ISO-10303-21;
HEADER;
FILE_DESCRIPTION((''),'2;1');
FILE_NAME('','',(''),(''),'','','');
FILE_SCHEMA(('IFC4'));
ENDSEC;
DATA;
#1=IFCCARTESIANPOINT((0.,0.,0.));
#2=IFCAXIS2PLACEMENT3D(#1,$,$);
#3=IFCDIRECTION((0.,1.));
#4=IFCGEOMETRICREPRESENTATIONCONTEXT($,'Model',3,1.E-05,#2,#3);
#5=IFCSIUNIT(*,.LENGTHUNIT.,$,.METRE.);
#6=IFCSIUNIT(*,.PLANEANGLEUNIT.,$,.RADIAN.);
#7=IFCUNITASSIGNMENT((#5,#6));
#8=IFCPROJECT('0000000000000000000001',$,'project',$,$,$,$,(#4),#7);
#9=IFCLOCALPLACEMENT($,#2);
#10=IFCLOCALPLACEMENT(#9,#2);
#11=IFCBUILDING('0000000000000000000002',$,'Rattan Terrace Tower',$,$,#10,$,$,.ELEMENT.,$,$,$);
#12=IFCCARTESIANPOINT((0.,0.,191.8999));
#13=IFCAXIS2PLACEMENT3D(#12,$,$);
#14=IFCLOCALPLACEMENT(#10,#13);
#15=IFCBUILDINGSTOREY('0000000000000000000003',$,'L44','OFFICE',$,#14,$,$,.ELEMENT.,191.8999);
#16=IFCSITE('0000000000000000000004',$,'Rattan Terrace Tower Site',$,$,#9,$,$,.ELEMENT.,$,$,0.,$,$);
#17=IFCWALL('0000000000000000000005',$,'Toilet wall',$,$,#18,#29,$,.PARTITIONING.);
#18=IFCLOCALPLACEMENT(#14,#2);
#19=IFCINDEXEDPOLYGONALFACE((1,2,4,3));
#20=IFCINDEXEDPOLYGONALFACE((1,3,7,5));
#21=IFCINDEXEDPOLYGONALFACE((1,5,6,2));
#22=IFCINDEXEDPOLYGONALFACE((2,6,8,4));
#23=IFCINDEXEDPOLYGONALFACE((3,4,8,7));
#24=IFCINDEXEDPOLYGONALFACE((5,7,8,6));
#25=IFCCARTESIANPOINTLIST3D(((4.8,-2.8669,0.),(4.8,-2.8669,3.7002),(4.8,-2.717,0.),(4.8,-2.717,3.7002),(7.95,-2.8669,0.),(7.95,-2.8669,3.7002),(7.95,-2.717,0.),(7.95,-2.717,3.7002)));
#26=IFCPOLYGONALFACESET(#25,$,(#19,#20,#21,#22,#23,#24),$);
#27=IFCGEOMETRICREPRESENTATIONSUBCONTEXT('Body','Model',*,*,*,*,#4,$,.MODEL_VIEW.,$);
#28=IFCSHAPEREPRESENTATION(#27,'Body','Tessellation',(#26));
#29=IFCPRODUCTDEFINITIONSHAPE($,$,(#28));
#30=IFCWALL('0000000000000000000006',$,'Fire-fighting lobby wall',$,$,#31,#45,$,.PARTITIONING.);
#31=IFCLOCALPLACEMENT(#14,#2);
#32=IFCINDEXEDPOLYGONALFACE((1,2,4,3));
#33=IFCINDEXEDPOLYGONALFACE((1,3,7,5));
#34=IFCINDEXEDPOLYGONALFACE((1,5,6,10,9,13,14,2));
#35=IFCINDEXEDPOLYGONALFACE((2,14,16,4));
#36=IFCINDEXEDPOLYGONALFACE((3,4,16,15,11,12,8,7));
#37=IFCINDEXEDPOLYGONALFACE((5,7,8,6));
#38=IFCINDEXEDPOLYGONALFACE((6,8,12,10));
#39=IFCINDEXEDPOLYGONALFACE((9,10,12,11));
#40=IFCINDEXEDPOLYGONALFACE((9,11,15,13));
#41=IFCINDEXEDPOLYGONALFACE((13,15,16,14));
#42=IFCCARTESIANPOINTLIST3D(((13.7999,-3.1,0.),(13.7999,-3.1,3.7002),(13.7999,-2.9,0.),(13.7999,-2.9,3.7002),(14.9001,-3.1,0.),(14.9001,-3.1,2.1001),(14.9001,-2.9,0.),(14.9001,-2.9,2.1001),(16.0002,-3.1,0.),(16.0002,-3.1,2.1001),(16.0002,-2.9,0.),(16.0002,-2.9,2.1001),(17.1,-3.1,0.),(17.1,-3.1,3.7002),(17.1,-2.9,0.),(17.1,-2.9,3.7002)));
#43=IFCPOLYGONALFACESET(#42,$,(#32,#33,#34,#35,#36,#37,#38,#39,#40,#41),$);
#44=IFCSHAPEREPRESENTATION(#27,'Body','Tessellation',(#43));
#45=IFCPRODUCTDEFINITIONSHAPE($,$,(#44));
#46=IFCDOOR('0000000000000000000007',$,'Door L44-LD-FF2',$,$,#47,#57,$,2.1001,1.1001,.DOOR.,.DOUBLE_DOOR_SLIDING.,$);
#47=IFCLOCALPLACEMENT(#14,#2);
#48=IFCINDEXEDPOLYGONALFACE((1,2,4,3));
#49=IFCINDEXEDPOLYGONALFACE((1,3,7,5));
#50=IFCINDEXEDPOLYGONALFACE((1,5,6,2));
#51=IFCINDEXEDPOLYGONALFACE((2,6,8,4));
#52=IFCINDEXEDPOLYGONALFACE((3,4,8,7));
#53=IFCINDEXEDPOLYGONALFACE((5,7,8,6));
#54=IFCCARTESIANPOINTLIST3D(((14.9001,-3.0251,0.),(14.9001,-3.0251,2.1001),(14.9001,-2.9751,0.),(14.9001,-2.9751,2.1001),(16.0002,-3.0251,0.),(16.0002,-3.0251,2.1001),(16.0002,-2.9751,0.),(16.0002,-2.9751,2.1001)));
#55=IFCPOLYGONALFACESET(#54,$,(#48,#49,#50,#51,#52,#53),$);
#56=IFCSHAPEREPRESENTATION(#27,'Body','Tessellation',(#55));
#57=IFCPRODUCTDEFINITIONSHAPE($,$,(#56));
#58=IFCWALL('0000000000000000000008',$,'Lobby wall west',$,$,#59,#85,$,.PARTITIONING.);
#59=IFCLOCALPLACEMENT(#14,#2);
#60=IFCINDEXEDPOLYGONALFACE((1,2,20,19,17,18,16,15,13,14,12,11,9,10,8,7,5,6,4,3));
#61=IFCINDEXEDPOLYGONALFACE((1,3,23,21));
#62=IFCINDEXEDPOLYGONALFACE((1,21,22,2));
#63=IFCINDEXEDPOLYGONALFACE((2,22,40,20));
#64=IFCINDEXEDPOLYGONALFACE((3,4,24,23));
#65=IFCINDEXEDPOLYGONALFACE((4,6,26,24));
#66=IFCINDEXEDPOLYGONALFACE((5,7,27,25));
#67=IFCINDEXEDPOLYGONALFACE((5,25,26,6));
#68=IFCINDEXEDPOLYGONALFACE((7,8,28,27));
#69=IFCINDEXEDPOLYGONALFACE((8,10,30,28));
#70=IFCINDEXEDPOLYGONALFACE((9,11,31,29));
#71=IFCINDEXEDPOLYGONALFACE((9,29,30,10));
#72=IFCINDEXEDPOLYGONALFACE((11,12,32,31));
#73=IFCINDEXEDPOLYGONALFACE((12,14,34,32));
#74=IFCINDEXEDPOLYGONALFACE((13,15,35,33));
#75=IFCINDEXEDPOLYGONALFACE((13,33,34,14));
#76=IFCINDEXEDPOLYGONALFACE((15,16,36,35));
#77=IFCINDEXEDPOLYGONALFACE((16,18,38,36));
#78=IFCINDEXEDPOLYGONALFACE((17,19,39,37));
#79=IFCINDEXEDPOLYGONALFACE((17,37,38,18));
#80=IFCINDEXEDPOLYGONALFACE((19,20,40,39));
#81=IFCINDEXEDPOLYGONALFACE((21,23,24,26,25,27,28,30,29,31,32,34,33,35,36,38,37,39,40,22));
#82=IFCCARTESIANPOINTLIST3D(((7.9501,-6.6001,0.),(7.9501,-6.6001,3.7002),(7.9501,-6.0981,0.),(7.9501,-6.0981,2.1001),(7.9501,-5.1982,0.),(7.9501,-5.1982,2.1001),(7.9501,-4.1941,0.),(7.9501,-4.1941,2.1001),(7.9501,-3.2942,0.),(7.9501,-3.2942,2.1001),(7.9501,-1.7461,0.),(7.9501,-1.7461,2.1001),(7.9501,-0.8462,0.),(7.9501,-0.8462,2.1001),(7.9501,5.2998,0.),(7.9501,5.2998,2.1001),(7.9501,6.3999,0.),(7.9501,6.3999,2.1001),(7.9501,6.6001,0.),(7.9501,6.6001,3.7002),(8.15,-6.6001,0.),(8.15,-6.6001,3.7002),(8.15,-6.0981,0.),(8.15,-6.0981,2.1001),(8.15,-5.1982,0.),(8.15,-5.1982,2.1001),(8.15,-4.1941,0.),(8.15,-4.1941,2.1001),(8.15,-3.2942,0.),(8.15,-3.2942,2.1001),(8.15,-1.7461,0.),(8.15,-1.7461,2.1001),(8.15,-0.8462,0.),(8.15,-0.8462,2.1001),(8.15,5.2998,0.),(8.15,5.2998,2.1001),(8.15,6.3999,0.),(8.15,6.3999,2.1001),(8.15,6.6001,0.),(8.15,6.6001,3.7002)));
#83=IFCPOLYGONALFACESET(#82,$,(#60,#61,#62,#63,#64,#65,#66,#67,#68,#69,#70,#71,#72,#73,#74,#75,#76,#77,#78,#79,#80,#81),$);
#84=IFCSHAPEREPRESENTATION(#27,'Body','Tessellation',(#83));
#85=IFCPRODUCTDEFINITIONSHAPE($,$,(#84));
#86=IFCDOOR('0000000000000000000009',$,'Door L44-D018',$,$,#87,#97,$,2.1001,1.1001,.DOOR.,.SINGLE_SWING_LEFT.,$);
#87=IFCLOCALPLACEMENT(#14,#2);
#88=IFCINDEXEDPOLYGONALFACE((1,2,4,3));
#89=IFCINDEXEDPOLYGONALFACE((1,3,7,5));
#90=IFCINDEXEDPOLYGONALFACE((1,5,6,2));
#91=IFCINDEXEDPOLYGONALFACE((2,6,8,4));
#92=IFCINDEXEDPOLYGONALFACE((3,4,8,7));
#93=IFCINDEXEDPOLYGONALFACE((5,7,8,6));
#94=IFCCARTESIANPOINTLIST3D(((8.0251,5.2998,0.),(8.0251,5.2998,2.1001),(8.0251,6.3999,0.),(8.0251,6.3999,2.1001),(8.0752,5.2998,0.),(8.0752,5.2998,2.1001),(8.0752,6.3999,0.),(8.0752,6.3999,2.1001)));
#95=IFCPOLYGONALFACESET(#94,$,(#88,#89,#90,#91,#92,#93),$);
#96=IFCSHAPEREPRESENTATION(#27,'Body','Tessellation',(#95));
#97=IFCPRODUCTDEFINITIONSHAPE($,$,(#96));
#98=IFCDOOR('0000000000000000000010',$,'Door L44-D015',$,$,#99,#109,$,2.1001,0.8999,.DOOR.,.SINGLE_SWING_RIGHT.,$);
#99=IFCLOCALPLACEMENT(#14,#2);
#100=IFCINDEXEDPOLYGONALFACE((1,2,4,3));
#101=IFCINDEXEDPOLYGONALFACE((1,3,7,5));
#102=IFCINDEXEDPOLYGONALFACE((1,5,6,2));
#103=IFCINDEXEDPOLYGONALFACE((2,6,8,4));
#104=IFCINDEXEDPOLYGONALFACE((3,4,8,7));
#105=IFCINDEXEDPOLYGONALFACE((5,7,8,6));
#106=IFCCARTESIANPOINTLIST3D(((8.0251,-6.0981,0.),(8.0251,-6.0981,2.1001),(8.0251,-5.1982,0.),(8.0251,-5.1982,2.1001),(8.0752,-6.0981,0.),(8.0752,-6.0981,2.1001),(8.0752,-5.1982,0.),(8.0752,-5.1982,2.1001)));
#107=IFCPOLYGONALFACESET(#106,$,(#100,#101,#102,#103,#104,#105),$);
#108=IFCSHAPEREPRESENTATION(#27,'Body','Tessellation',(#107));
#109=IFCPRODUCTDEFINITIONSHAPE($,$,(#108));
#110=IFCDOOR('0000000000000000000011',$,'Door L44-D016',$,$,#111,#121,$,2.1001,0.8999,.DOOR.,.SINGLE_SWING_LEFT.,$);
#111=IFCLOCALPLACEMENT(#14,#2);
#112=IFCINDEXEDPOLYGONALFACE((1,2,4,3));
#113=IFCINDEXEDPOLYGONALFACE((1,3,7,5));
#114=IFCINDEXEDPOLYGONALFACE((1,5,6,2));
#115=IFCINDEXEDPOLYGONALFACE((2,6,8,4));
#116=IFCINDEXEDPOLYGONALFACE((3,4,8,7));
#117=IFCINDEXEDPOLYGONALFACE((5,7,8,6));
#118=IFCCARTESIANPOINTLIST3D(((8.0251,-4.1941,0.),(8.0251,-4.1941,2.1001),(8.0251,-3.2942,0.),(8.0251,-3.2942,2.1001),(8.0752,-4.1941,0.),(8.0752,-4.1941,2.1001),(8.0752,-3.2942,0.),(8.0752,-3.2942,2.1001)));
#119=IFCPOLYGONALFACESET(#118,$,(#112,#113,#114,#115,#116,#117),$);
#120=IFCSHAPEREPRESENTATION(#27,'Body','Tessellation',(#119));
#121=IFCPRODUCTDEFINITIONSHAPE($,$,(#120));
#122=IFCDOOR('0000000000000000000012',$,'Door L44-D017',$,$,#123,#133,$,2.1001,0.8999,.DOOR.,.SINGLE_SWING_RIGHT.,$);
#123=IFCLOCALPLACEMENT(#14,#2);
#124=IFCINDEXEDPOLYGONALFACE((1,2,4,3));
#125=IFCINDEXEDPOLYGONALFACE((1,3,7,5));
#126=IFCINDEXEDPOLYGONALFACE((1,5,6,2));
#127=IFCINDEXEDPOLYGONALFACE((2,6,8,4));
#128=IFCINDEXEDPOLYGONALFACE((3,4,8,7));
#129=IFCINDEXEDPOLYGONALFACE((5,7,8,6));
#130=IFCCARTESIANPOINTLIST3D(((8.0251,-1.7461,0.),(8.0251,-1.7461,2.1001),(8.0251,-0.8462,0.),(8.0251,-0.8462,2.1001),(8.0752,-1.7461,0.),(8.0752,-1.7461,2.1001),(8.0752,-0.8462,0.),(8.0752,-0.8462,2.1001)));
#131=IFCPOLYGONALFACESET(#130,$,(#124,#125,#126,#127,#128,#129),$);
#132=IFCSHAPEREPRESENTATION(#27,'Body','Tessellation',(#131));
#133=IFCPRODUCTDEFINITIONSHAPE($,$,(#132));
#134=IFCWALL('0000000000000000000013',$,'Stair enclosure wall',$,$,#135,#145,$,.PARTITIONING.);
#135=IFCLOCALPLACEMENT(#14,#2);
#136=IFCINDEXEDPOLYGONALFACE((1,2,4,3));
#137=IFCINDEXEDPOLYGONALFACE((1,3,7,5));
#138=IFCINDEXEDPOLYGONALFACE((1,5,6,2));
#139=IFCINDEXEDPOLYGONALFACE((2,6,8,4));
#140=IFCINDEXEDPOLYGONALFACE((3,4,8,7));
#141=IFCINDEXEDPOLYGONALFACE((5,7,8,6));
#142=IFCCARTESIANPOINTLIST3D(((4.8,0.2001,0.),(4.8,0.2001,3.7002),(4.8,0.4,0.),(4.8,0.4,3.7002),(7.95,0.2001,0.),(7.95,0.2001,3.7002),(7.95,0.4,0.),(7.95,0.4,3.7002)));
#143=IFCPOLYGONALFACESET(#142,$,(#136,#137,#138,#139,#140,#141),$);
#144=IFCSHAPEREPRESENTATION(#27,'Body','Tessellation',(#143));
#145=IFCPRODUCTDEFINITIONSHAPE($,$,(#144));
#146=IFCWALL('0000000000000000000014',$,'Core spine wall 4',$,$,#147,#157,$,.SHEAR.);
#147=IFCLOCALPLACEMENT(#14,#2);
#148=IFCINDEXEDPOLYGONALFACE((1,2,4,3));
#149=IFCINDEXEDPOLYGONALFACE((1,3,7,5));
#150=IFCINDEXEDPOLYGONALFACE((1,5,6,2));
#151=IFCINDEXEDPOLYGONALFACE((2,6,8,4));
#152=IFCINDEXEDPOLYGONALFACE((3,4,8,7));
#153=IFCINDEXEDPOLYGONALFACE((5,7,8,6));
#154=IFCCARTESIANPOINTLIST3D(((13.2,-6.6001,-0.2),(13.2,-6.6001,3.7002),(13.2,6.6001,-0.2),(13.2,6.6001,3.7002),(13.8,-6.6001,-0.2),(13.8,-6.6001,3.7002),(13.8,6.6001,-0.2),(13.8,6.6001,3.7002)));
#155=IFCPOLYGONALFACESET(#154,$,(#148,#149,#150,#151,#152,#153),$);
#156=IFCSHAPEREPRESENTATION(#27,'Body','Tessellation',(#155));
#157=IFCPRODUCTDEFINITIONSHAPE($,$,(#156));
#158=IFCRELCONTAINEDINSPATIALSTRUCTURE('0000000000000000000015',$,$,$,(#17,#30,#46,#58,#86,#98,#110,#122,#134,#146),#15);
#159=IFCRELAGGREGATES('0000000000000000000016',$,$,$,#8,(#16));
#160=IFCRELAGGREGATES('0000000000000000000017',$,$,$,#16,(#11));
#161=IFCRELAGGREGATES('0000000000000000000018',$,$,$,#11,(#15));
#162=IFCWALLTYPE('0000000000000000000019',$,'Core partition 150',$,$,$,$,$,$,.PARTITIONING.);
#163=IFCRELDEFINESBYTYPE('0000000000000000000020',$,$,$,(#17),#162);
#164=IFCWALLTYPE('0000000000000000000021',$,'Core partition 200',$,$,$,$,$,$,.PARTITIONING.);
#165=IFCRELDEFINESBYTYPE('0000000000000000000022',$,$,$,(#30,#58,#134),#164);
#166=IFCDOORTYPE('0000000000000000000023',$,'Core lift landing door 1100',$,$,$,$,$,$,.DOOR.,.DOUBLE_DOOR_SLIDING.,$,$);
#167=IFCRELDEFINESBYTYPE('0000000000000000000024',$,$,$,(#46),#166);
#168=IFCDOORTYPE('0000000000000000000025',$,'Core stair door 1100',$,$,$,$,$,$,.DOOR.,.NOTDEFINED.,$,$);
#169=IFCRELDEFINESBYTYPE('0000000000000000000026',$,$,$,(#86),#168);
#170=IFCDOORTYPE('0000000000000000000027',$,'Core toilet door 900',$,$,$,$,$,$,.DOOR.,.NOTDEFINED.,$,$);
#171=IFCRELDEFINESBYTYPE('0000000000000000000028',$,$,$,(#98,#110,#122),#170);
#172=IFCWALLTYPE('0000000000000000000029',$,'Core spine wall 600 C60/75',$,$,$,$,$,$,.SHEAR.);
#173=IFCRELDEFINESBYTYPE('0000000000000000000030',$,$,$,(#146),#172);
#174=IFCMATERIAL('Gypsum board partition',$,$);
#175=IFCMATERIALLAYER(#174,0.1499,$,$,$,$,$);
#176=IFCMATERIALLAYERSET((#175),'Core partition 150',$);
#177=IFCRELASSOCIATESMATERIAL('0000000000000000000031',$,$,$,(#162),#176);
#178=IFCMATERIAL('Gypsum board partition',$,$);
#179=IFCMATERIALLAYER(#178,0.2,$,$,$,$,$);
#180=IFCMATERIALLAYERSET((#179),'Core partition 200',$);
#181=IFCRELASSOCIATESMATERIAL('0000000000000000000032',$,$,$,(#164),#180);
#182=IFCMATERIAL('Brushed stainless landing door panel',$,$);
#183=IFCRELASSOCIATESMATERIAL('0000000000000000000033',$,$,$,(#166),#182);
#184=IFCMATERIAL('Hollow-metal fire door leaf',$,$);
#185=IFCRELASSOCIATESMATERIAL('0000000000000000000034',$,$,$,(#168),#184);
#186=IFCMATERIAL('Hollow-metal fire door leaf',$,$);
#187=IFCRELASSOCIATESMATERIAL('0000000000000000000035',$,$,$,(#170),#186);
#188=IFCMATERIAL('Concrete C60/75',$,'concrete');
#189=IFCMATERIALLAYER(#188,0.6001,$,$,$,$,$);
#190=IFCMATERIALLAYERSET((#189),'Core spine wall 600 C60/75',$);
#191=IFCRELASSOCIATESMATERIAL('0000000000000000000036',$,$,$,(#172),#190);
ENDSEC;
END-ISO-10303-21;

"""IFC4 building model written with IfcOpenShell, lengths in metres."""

from ifc_helpers import new_model, si_unit, direction, frame, frame_2d, origin, place, context, subcontext, project, spatial, rectangle, extrude, material, layer, layer_set, type_object, element, fill, save


model = new_model("IFC4")

# Units and contexts
model_context = context("Model", 3, precision=1e-05, world=origin(), true_north=direction((0.0, 1.0)))
body_context = subcontext(model_context, "Body", "Model", "MODEL_VIEW")
ifc_project = project(units=[si_unit("LENGTHUNIT", "METRE"), si_unit("PLANEANGLEUNIT", "RADIAN")], contexts=[model_context])

# Site, building, storey
site_placement = place(None, origin())
site = spatial("IfcSite", under=ifc_project, at=site_placement, Name="Rattan Terrace Tower Site", CompositionType="ELEMENT", RefElevation=0.0)
building_placement = place(site_placement, origin())
building = spatial("IfcBuilding", under=site, at=building_placement, Name="Rattan Terrace Tower", CompositionType="ELEMENT")
storey_placement = place(building_placement, frame((0.0, 0.0, 191.8999)))
storey = spatial("IfcBuildingStorey", under=building, at=storey_placement, Name="L44", Description="OFFICE", CompositionType="ELEMENT", Elevation=191.8999)

# Wall
ifc_material_1 = material(Name="Gypsum board partition")
ifc_layer_1 = layer(ifc_material_1, 0.1499)
ifc_layer_set_1 = layer_set([ifc_layer_1], Name="Core partition 150")
wall_type_1 = type_object("IfcWallType", Name="Core partition 150", PredefinedType="PARTITIONING", material=ifc_layer_set_1)
wall_1_placement = place(storey_placement, frame((4.8, -2.792, 0.0), z_axis=(0.0, 0.0, 1.0), x_axis=(1.0, 0.0, 0.0)))
element("IfcWall", 1, at=wall_1_placement, inside=storey, type_object=wall_type_1, Name="Toilet wall", PredefinedType="PARTITIONING", context=body_context, shape_type="SweptSolid", body=[
    extrude(rectangle(XDim=3.1499, YDim=0.1499, at=frame_2d((1.575, 0.0))), origin(), (0.0, 0.0, 1.0), 3.7002),
])

# Wall, opening, door
ifc_material_2 = material(Name="Gypsum board partition")
ifc_layer_2 = layer(ifc_material_2, 0.2)
ifc_layer_set_2 = layer_set([ifc_layer_2], Name="Core partition 200")
wall_type_2 = type_object("IfcWallType", Name="Core partition 200", PredefinedType="PARTITIONING", material=ifc_layer_set_2)
wall_2_placement = place(storey_placement, frame((13.8, -3.0, 0.0), z_axis=(0.0, 0.0, 1.0), x_axis=(1.0, 0.0, 0.0)))
wall_2 = element("IfcWall", 2, at=wall_2_placement, inside=storey, type_object=wall_type_2, Name="Fire-fighting lobby wall", PredefinedType="PARTITIONING", context=body_context, shape_type="SweptSolid", body=[
    extrude(rectangle(XDim=3.3, YDim=0.2, at=frame_2d((1.6499, 0.0))), origin(), (0.0, 0.0, 1.0), 3.7002),
])
opening_1_placement = place(wall_2_placement, frame((1.1001, 0.0, 0.0)))
opening_1 = element("IfcOpeningElement", 3, at=opening_1_placement, cuts=wall_2, PredefinedType="OPENING", context=body_context, shape_type="SweptSolid", body=[
    extrude(rectangle(XDim=1.1001, YDim=2.1001, at=frame_2d((0.55, 1.05))), frame((0.0, 0.1106, 0.0), z_axis=(0.0, -1.0, 0.0), x_axis=(1.0, 0.0, 0.0)), (0.0, 0.0, 1.0), 0.2209),
])
ifc_material_3 = material(Name="Brushed stainless landing door panel")
door_type_1 = type_object("IfcDoorType", Name="Core lift landing door 1100", OperationType="DOUBLE_DOOR_SLIDING", PredefinedType="DOOR", material=ifc_material_3)
door_1_placement = place(opening_1_placement, origin())
door_1 = element("IfcDoor", 4, at=door_1_placement, inside=storey, type_object=door_type_1, Name="Door L44-LD-FF2", OperationType="DOUBLE_DOOR_SLIDING", OverallHeight=2.1001, OverallWidth=1.1001, PredefinedType="DOOR", context=body_context, shape_type="SweptSolid", body=[
    extrude(rectangle(XDim=1.1001, YDim=2.1001, at=frame_2d((0.55, 1.05))), frame((0.0, 0.0249, 0.0), z_axis=(0.0, -1.0, 0.0), x_axis=(1.0, 0.0, 0.0)), (0.0, 0.0, 1.0), 0.05),
])
fill(opening_1, door_1)

# Wall, openings, doors
wall_3_placement = place(storey_placement, frame((8.05, -6.6001, 0.0), z_axis=(0.0, 0.0, 1.0), x_axis=(0.0, 1.0, 0.0)))
wall_3 = element("IfcWall", 5, at=wall_3_placement, inside=storey, type_object=wall_type_2, Name="Lobby wall west", PredefinedType="PARTITIONING", context=body_context, shape_type="SweptSolid", body=[
    extrude(rectangle(XDim=13.2002, YDim=0.2, at=frame_2d((6.6001, 0.0))), origin(), (0.0, 0.0, 1.0), 3.7002),
])
opening_2_placement = place(wall_3_placement, frame((0.502, 0.0, 0.0)))
opening_2 = element("IfcOpeningElement", 6, at=opening_2_placement, cuts=wall_3, PredefinedType="OPENING", context=body_context, shape_type="SweptSolid", body=[
    extrude(rectangle(XDim=0.8999, YDim=2.1001, at=frame_2d((0.45, 1.05))), frame((0.0, 0.1106, 0.0), z_axis=(0.0, -1.0, 0.0), x_axis=(1.0, 0.0, 0.0)), (0.0, 0.0, 1.0), 0.2209),
])
opening_3_placement = place(wall_3_placement, frame((2.406, 0.0, 0.0)))
opening_3 = element("IfcOpeningElement", 7, at=opening_3_placement, cuts=wall_3, PredefinedType="OPENING", context=body_context, shape_type="SweptSolid", body=[
    extrude(rectangle(XDim=0.8999, YDim=2.1001, at=frame_2d((0.45, 1.05))), frame((0.0, 0.1106, 0.0), z_axis=(0.0, -1.0, 0.0), x_axis=(1.0, 0.0, 0.0)), (0.0, 0.0, 1.0), 0.2209),
])
opening_4_placement = place(wall_3_placement, frame((4.854, 0.0, 0.0)))
opening_4 = element("IfcOpeningElement", 8, at=opening_4_placement, cuts=wall_3, PredefinedType="OPENING", context=body_context, shape_type="SweptSolid", body=[
    extrude(rectangle(XDim=0.8999, YDim=2.1001, at=frame_2d((0.45, 1.05))), frame((0.0, 0.1106, 0.0), z_axis=(0.0, -1.0, 0.0), x_axis=(1.0, 0.0, 0.0)), (0.0, 0.0, 1.0), 0.2209),
])
opening_5_placement = place(wall_3_placement, frame((11.8999, 0.0, 0.0)))
opening_5 = element("IfcOpeningElement", 9, at=opening_5_placement, cuts=wall_3, PredefinedType="OPENING", context=body_context, shape_type="SweptSolid", body=[
    extrude(rectangle(XDim=1.1001, YDim=2.1001, at=frame_2d((0.55, 1.05))), frame((0.0, 0.1106, 0.0), z_axis=(0.0, -1.0, 0.0), x_axis=(1.0, 0.0, 0.0)), (0.0, 0.0, 1.0), 0.2209),
])
ifc_material_4 = material(Name="Hollow-metal fire door leaf")
door_type_2 = type_object("IfcDoorType", Name="Core stair door 1100", OperationType="NOTDEFINED", PredefinedType="DOOR", material=ifc_material_4)
door_2_placement = place(opening_5_placement, origin())
door_2 = element("IfcDoor", 10, at=door_2_placement, inside=storey, type_object=door_type_2, Name="Door L44-D018", OperationType="SINGLE_SWING_LEFT", OverallHeight=2.1001, OverallWidth=1.1001, PredefinedType="DOOR", context=body_context, shape_type="SweptSolid", body=[
    extrude(rectangle(XDim=1.1001, YDim=2.1001, at=frame_2d((0.55, 1.05))), frame((0.0, 0.0249, 0.0), z_axis=(0.0, -1.0, 0.0), x_axis=(1.0, 0.0, 0.0)), (0.0, 0.0, 1.0), 0.05),
])
fill(opening_5, door_2)
ifc_material_5 = material(Name="Hollow-metal fire door leaf")
door_type_3 = type_object("IfcDoorType", Name="Core toilet door 900", OperationType="NOTDEFINED", PredefinedType="DOOR", material=ifc_material_5)
door_3_placement = place(opening_2_placement, origin())
door_3 = element("IfcDoor", 11, at=door_3_placement, inside=storey, type_object=door_type_3, Name="Door L44-D015", OperationType="SINGLE_SWING_RIGHT", OverallHeight=2.1001, OverallWidth=0.8999, PredefinedType="DOOR", context=body_context, shape_type="SweptSolid", body=[
    extrude(rectangle(XDim=0.8999, YDim=2.1001, at=frame_2d((0.45, 1.05))), frame((0.0, 0.0249, 0.0), z_axis=(0.0, -1.0, 0.0), x_axis=(1.0, 0.0, 0.0)), (0.0, 0.0, 1.0), 0.05),
])
fill(opening_2, door_3)
door_4_placement = place(opening_3_placement, origin())
door_4 = element("IfcDoor", 12, at=door_4_placement, inside=storey, type_object=door_type_3, Name="Door L44-D016", OperationType="SINGLE_SWING_LEFT", OverallHeight=2.1001, OverallWidth=0.8999, PredefinedType="DOOR", context=body_context, shape_type="SweptSolid", body=[
    extrude(rectangle(XDim=0.8999, YDim=2.1001, at=frame_2d((0.45, 1.05))), frame((0.0, 0.0249, 0.0), z_axis=(0.0, -1.0, 0.0), x_axis=(1.0, 0.0, 0.0)), (0.0, 0.0, 1.0), 0.05),
])
fill(opening_3, door_4)
door_5_placement = place(opening_4_placement, origin())
door_5 = element("IfcDoor", 13, at=door_5_placement, inside=storey, type_object=door_type_3, Name="Door L44-D017", OperationType="SINGLE_SWING_RIGHT", OverallHeight=2.1001, OverallWidth=0.8999, PredefinedType="DOOR", context=body_context, shape_type="SweptSolid", body=[
    extrude(rectangle(XDim=0.8999, YDim=2.1001, at=frame_2d((0.45, 1.05))), frame((0.0, 0.0249, 0.0), z_axis=(0.0, -1.0, 0.0), x_axis=(1.0, 0.0, 0.0)), (0.0, 0.0, 1.0), 0.05),
])
fill(opening_4, door_5)

# Walls
wall_4_placement = place(storey_placement, frame((4.8, 0.3, 0.0), z_axis=(0.0, 0.0, 1.0), x_axis=(1.0, 0.0, 0.0)))
element("IfcWall", 14, at=wall_4_placement, inside=storey, type_object=wall_type_2, Name="Stair enclosure wall", PredefinedType="PARTITIONING", context=body_context, shape_type="SweptSolid", body=[
    extrude(rectangle(XDim=3.1499, YDim=0.2, at=frame_2d((1.575, 0.0))), origin(), (0.0, 0.0, 1.0), 3.7002),
])
ifc_material_6 = material(Name="Concrete C60/75", Category="concrete")
ifc_layer_3 = layer(ifc_material_6, 0.6001)
ifc_layer_set_3 = layer_set([ifc_layer_3], Name="Core spine wall 600 C60/75")
wall_type_3 = type_object("IfcWallType", Name="Core spine wall 600 C60/75", PredefinedType="SHEAR", material=ifc_layer_set_3)
wall_5_placement = place(storey_placement, frame((13.5, -6.6001, -0.2), z_axis=(0.0, 0.0, 1.0), x_axis=(0.0, 1.0, 0.0)))
element("IfcWall", 15, at=wall_5_placement, inside=storey, type_object=wall_type_3, Name="Core spine wall 4", PredefinedType="SHEAR", context=body_context, shape_type="SweptSolid", body=[
    extrude(rectangle(XDim=13.2002, YDim=0.6001, at=frame_2d((6.6001, 0.0))), origin(), (0.0, 0.0, 1.0), 3.9001),
])

save(model, "model.ifc")
